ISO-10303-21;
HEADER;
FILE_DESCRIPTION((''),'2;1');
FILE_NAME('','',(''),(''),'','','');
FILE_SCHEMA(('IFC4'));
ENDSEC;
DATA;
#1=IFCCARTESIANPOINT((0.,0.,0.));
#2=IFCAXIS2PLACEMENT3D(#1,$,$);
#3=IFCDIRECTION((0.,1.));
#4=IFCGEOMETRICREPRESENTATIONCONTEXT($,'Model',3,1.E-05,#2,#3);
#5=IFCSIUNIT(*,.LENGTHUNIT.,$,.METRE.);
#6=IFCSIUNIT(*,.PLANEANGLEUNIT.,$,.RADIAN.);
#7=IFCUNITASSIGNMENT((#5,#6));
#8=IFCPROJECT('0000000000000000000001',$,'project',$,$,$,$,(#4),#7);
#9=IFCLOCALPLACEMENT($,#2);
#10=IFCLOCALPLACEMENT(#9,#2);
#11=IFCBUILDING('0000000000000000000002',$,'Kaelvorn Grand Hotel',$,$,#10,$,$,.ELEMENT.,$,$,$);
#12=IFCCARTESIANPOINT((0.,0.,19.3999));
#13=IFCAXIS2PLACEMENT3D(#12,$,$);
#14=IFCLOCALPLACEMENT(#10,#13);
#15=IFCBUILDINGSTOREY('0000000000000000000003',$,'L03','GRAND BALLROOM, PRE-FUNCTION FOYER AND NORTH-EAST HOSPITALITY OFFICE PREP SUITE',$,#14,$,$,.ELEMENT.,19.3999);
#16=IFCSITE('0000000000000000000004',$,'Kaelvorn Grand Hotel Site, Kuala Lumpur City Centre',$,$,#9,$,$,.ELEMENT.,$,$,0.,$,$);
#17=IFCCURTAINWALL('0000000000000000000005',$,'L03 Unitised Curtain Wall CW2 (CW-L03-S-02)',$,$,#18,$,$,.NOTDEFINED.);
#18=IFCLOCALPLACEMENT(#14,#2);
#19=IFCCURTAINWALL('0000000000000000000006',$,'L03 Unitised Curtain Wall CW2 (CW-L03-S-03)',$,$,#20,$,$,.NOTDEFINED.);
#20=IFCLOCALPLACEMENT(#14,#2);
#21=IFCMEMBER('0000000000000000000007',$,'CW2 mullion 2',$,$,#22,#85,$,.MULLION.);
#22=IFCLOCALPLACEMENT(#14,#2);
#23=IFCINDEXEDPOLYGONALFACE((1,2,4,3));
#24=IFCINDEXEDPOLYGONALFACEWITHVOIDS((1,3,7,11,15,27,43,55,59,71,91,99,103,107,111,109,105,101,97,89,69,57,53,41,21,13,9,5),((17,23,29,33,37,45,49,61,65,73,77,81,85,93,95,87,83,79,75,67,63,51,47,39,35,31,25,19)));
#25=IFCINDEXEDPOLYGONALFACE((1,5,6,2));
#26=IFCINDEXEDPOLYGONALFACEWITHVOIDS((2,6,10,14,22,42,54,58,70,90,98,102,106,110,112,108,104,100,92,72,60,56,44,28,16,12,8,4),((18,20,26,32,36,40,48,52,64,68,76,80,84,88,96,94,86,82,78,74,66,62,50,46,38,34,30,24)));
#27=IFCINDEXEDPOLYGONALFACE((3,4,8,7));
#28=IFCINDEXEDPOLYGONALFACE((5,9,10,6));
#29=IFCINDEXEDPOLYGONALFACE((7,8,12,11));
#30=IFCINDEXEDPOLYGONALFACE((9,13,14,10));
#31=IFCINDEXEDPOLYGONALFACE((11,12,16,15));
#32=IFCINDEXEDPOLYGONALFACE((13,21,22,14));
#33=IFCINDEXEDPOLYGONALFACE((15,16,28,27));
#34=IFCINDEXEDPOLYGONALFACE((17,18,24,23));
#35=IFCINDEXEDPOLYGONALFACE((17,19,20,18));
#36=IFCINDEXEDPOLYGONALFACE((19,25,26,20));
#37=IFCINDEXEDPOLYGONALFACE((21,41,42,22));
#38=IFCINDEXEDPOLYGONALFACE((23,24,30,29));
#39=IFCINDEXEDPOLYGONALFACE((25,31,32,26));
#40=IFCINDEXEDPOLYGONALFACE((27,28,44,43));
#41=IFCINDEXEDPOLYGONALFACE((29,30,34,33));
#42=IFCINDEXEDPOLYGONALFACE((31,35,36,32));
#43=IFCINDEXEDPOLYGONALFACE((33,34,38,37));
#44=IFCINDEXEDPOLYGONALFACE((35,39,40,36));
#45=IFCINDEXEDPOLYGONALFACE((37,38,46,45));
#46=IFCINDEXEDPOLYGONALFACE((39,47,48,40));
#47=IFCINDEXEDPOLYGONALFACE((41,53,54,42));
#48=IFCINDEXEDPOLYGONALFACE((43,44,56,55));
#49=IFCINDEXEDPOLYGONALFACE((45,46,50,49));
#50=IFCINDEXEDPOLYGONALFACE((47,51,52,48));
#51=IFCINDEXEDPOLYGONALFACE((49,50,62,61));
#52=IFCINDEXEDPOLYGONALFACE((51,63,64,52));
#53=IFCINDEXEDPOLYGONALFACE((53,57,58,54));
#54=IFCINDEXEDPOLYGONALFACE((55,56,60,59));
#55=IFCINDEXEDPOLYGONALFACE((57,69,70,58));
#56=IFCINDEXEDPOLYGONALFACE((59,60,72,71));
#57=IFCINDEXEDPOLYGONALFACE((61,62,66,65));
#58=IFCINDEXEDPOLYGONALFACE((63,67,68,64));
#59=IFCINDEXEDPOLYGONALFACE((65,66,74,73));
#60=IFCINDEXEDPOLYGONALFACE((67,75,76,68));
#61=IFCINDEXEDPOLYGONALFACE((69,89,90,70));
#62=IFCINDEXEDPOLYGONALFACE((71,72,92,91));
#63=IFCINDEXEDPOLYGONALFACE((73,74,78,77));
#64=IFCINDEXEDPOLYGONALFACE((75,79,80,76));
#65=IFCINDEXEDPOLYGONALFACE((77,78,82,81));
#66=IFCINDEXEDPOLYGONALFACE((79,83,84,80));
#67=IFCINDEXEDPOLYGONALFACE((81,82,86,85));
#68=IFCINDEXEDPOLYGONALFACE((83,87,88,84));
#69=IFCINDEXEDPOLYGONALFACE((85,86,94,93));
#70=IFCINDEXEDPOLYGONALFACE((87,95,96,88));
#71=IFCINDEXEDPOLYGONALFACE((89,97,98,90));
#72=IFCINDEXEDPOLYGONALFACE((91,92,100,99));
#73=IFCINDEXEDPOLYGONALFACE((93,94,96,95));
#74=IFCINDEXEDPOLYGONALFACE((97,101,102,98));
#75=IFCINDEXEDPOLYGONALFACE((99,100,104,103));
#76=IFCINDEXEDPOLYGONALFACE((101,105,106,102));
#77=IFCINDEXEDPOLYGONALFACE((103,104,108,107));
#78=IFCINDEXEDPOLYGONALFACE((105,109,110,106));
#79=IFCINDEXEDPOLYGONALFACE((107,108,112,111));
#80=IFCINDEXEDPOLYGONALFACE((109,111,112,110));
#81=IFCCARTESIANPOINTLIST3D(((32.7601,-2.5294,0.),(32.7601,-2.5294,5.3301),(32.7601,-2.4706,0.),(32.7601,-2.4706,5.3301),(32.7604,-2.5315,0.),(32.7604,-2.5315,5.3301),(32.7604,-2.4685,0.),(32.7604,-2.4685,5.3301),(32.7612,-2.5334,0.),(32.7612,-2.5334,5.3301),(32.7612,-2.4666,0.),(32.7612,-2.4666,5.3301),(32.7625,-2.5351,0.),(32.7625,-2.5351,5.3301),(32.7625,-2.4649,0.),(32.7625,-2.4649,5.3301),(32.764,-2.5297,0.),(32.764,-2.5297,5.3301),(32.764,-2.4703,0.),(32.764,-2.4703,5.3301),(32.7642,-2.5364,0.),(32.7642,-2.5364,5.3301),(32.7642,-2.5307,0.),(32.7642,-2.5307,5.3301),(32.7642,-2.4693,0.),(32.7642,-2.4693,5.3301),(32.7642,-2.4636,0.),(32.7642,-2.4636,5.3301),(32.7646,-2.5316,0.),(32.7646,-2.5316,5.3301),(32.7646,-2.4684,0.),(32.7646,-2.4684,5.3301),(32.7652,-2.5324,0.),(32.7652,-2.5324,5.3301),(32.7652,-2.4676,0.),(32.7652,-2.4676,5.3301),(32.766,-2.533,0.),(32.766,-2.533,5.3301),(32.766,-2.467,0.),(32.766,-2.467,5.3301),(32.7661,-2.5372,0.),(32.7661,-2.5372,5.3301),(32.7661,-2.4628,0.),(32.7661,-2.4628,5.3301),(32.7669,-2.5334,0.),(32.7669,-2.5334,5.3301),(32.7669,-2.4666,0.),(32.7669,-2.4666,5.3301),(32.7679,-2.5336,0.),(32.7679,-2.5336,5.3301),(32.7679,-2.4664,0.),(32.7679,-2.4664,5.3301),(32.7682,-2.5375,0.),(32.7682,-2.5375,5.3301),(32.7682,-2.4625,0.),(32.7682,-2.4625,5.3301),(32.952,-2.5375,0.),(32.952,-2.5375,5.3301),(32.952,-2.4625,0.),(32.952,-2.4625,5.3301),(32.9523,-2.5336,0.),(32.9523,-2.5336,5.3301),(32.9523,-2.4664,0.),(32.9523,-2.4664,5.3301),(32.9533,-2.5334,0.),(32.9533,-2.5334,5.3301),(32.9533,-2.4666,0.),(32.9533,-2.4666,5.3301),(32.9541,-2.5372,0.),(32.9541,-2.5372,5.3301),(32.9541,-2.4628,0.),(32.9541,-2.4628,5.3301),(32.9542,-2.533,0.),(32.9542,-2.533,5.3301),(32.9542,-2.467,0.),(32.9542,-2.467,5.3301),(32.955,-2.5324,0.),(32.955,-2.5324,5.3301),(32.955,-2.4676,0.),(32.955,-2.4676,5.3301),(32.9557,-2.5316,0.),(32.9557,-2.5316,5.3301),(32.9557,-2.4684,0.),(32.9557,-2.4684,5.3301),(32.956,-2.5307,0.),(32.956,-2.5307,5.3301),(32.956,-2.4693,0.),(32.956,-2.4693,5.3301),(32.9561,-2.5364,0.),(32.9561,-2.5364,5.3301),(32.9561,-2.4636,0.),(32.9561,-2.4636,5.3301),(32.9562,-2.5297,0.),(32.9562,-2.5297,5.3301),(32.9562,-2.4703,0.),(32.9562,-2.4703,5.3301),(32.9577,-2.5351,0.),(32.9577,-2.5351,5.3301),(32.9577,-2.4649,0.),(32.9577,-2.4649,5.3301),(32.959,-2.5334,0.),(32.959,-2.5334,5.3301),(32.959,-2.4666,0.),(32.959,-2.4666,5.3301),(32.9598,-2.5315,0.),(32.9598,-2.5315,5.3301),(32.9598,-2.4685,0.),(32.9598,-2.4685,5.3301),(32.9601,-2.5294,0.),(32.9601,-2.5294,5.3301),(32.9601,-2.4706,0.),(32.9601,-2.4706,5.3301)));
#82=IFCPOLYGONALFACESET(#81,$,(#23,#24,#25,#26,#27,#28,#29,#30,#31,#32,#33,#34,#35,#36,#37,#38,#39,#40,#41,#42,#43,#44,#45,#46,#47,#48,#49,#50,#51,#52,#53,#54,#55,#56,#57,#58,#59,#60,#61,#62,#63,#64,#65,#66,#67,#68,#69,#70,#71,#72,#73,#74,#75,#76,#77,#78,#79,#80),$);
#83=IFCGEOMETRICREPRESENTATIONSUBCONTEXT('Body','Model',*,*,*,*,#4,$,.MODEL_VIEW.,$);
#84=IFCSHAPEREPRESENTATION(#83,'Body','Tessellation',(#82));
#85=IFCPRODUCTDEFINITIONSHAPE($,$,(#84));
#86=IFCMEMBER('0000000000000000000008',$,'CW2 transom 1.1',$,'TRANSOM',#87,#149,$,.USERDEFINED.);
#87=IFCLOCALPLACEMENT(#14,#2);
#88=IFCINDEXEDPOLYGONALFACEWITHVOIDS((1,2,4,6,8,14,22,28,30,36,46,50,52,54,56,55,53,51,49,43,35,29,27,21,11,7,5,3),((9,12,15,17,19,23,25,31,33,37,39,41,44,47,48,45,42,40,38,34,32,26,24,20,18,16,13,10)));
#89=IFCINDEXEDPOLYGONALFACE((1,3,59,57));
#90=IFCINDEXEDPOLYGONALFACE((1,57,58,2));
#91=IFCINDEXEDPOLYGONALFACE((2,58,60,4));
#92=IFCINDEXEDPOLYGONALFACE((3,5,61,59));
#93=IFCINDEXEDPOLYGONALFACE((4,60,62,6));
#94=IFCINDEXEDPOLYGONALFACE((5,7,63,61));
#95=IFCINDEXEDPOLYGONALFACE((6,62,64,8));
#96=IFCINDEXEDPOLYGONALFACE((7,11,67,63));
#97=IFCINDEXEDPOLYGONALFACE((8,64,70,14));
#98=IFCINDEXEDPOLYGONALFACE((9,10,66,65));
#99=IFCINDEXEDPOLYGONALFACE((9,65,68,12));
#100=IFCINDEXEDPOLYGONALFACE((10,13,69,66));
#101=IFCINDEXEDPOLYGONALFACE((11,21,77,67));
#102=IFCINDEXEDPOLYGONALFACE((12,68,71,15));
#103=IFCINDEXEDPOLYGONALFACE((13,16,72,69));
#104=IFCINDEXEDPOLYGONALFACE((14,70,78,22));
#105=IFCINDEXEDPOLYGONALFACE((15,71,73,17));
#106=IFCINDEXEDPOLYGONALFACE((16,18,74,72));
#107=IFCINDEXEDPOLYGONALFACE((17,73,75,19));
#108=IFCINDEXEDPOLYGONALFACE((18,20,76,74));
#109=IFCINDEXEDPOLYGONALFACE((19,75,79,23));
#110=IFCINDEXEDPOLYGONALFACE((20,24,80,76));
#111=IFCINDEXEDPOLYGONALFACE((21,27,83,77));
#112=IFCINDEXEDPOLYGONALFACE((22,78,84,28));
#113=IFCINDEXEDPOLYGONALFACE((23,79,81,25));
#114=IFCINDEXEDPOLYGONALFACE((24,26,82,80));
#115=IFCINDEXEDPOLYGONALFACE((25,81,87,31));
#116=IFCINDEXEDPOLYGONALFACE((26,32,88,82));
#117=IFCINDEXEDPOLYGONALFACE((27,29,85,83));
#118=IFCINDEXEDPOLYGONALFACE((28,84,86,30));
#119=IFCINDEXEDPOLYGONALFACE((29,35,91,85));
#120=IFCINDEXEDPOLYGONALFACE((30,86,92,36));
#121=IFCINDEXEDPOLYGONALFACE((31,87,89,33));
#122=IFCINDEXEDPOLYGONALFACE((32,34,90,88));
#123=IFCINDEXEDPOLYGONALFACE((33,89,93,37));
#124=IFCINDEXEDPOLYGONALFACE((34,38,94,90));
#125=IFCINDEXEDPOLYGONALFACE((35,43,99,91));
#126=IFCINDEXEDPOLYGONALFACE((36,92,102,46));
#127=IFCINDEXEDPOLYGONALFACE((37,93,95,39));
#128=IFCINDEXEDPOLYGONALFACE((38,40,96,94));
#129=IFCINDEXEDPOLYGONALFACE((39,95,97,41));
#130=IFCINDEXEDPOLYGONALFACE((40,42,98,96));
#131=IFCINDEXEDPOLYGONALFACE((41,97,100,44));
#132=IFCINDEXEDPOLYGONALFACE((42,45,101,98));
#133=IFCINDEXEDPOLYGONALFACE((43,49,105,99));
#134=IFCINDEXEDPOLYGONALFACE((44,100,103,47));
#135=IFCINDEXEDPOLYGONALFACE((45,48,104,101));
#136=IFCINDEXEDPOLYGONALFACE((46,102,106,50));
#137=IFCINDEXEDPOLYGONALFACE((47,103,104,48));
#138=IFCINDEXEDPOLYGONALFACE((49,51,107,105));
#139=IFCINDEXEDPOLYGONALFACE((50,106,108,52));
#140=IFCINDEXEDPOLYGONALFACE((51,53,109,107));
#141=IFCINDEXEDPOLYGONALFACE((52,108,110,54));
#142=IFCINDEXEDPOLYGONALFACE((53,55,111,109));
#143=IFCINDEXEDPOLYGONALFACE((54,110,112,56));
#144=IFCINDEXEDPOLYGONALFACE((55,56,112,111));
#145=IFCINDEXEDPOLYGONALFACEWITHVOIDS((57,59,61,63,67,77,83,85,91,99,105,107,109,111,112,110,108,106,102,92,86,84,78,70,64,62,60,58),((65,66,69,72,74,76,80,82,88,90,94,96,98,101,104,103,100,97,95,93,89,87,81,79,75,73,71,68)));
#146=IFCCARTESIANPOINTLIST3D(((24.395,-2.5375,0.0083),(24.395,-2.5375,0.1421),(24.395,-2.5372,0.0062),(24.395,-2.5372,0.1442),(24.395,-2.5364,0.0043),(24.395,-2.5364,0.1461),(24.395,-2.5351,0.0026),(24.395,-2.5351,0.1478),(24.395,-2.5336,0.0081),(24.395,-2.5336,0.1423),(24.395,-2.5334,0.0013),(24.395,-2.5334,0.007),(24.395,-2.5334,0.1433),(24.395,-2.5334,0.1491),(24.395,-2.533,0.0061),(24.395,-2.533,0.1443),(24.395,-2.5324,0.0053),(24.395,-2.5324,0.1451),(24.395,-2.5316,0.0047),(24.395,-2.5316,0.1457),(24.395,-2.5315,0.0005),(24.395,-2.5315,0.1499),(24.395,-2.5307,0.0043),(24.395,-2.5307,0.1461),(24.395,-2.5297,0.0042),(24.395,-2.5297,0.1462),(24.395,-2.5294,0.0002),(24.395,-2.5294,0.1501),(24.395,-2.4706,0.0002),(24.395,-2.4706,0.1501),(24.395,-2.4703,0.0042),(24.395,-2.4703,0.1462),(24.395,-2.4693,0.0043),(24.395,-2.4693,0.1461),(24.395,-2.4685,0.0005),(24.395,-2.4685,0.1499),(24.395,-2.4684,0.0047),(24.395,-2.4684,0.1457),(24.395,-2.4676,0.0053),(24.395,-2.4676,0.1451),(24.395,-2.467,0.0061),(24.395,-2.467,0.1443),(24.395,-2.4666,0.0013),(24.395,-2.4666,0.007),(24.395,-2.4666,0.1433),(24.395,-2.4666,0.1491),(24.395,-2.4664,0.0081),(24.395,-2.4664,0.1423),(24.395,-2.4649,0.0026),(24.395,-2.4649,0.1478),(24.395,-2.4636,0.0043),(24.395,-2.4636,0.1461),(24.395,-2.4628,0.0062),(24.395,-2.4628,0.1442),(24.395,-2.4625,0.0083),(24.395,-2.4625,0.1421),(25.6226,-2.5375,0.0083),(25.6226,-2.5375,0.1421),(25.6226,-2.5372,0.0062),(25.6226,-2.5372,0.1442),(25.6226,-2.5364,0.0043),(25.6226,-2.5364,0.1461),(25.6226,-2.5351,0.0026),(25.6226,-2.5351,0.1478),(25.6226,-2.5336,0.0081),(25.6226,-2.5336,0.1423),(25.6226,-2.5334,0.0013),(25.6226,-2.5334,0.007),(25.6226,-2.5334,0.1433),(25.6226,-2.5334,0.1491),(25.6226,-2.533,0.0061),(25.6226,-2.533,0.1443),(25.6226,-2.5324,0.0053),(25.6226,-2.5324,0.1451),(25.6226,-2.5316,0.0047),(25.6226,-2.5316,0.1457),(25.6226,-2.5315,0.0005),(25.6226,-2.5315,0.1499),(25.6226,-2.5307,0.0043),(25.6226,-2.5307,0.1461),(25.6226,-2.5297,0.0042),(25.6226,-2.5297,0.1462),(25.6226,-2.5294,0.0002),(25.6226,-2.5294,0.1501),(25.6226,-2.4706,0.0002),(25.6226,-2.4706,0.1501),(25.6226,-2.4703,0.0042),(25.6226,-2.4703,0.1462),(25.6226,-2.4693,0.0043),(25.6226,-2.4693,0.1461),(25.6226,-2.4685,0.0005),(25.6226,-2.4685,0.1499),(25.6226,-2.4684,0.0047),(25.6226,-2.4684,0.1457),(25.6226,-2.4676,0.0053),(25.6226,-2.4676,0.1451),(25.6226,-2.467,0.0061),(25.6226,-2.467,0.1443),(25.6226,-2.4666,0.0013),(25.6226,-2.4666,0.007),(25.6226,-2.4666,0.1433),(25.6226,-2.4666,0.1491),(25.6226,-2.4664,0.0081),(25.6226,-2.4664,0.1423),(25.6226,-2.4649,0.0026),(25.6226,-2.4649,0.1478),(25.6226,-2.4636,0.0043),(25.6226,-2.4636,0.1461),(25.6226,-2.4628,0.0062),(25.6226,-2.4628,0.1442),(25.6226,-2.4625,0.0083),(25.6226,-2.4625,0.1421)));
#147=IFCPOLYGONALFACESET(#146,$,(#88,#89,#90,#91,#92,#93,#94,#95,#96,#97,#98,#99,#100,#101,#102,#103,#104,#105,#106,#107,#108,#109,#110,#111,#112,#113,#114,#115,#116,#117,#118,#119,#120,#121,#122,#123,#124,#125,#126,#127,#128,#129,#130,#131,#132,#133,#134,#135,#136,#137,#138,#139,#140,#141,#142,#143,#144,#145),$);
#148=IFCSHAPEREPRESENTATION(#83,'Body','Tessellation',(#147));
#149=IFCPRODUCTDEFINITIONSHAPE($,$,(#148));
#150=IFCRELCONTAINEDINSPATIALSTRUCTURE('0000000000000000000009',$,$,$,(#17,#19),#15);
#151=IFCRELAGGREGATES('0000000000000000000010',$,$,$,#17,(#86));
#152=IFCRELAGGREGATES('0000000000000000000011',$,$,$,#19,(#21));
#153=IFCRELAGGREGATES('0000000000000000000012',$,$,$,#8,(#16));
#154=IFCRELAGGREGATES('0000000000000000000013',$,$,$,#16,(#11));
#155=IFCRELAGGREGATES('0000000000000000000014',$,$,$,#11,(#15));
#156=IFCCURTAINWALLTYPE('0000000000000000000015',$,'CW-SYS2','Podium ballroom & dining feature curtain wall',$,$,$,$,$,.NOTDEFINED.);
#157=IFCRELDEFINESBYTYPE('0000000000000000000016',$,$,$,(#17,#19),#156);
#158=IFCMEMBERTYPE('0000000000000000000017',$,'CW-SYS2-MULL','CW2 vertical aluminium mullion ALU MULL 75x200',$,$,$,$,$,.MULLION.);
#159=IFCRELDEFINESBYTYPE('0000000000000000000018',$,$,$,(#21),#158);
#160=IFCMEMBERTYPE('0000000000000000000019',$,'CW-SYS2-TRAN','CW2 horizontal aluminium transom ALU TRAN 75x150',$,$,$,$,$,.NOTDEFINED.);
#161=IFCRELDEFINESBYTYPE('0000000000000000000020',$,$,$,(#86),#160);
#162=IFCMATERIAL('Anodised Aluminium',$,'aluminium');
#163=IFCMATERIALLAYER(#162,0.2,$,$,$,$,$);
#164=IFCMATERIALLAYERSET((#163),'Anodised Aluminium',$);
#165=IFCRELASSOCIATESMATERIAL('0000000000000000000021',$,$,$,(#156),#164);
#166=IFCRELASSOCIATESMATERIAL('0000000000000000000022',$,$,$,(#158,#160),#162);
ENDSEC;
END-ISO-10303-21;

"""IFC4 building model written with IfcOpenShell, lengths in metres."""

from ifc_helpers import new_model, si_unit, direction, frame, origin, origin_2d, place, context, subcontext, project, spatial, hollow_rectangle, extrude, material, layer, layer_set, material_profile, profile_set, type_object, element, aggregate, save


model = new_model("IFC4")

# Units and contexts
model_context = context("Model", 3, precision=1e-05, world=origin(), true_north=direction((0.0, 1.0)))
body_context = subcontext(model_context, "Body", "Model", "MODEL_VIEW")
ifc_project = project(units=[si_unit("LENGTHUNIT", "METRE"), si_unit("PLANEANGLEUNIT", "RADIAN")], contexts=[model_context])

# Site, building, storey
site_placement = place(None, origin())
site = spatial("IfcSite", under=ifc_project, at=site_placement, Name="Kaelvorn Grand Hotel Site, Kuala Lumpur City Centre", CompositionType="ELEMENT", RefElevation=0.0)
building_placement = place(site_placement, origin())
building = spatial("IfcBuilding", under=site, at=building_placement, Name="Kaelvorn Grand Hotel", CompositionType="ELEMENT")
storey_placement = place(building_placement, frame((0.0, 0.0, 19.3999)))
storey = spatial("IfcBuildingStorey", under=building, at=storey_placement, Name="L03", Description="GRAND BALLROOM, PRE-FUNCTION FOYER AND NORTH-EAST HOSPITALITY OFFICE PREP SUITE", CompositionType="ELEMENT", Elevation=19.3999)

# Curtain walls, member
ifc_material_1 = material(Name="Anodised Aluminium", Category="aluminium")
ifc_layer_1 = layer(ifc_material_1, 0.2)
ifc_layer_set_1 = layer_set([ifc_layer_1], Name="Anodised Aluminium")
curtain_wall_type = type_object("IfcCurtainWallType", Name="CW-SYS2", Description="Podium ballroom & dining feature curtain wall", PredefinedType="NOTDEFINED", material=ifc_layer_set_1)
curtain_wall_1_placement = place(storey_placement, origin())
curtain_wall_1 = element("IfcCurtainWall", 1, at=curtain_wall_1_placement, inside=storey, type_object=curtain_wall_type, Name="L03 Unitised Curtain Wall CW2 (CW-L03-S-02)", PredefinedType="NOTDEFINED")
ifc_material_profile_1 = material_profile(ifc_material_1, hollow_rectangle(XDim=0.075, YDim=0.2, WallThickness=0.0039, InnerFilletRadius=0.0039, OuterFilletRadius=0.0081, at=origin_2d()), Name="ALU MULL 75x200")
ifc_profile_set_1 = profile_set([ifc_material_profile_1], Name="Anodised Aluminium")
member_type_1 = type_object("IfcMemberType", Name="CW-SYS2-MULL", Description="CW2 vertical aluminium mullion ALU MULL 75x200", PredefinedType="MULLION", material=ifc_profile_set_1)
curtain_wall_2_placement = place(storey_placement, origin())
curtain_wall_2 = element("IfcCurtainWall", 2, at=curtain_wall_2_placement, inside=storey, type_object=curtain_wall_type, Name="L03 Unitised Curtain Wall CW2 (CW-L03-S-03)", PredefinedType="NOTDEFINED")
member_1_placement = place(storey_placement, frame((32.8601, -2.5, 0.0), z_axis=(0.0, 0.0, 1.0), x_axis=(0.0, 1.0, 0.0)))
member_1 = element("IfcMember", 3, at=member_1_placement, type_object=member_type_1, Name="CW2 mullion 2", PredefinedType="MULLION", context=body_context, shape_type="SweptSolid", body=[
    extrude(hollow_rectangle(XDim=0.075, YDim=0.2, WallThickness=0.0039, InnerFilletRadius=0.0039, OuterFilletRadius=0.0081, at=origin_2d()), origin(), (0.0, 0.0, 1.0), 5.3301),
])

# Member
ifc_material_profile_2 = material_profile(ifc_material_1, hollow_rectangle(XDim=0.075, YDim=0.1499, WallThickness=0.0039, InnerFilletRadius=0.0039, OuterFilletRadius=0.0081, at=origin_2d()), Name="ALU TRAN 75x150")
ifc_profile_set_2 = profile_set([ifc_material_profile_2], Name="Anodised Aluminium")
member_type_2 = type_object("IfcMemberType", Name="CW-SYS2-TRAN", Description="CW2 horizontal aluminium transom ALU TRAN 75x150", PredefinedType="NOTDEFINED", material=ifc_profile_set_2)
member_2_placement = place(storey_placement, frame((24.395, -2.5, 0.0752), z_axis=(1.0, 0.0, 0.0), x_axis=(0.0, 1.0, 0.0)))
member_2 = element("IfcMember", 4, at=member_2_placement, type_object=member_type_2, Name="CW2 transom 1.1", ObjectType="TRANSOM", PredefinedType="USERDEFINED", context=body_context, shape_type="SweptSolid", body=[
    extrude(hollow_rectangle(XDim=0.075, YDim=0.1499, WallThickness=0.0039, InnerFilletRadius=0.0039, OuterFilletRadius=0.0081, at=origin_2d()), origin(), (0.0, 0.0, 1.0), 1.2275),
])

aggregate(curtain_wall_1, [member_2])
aggregate(curtain_wall_2, [member_1])

save(model, "model.ifc")
